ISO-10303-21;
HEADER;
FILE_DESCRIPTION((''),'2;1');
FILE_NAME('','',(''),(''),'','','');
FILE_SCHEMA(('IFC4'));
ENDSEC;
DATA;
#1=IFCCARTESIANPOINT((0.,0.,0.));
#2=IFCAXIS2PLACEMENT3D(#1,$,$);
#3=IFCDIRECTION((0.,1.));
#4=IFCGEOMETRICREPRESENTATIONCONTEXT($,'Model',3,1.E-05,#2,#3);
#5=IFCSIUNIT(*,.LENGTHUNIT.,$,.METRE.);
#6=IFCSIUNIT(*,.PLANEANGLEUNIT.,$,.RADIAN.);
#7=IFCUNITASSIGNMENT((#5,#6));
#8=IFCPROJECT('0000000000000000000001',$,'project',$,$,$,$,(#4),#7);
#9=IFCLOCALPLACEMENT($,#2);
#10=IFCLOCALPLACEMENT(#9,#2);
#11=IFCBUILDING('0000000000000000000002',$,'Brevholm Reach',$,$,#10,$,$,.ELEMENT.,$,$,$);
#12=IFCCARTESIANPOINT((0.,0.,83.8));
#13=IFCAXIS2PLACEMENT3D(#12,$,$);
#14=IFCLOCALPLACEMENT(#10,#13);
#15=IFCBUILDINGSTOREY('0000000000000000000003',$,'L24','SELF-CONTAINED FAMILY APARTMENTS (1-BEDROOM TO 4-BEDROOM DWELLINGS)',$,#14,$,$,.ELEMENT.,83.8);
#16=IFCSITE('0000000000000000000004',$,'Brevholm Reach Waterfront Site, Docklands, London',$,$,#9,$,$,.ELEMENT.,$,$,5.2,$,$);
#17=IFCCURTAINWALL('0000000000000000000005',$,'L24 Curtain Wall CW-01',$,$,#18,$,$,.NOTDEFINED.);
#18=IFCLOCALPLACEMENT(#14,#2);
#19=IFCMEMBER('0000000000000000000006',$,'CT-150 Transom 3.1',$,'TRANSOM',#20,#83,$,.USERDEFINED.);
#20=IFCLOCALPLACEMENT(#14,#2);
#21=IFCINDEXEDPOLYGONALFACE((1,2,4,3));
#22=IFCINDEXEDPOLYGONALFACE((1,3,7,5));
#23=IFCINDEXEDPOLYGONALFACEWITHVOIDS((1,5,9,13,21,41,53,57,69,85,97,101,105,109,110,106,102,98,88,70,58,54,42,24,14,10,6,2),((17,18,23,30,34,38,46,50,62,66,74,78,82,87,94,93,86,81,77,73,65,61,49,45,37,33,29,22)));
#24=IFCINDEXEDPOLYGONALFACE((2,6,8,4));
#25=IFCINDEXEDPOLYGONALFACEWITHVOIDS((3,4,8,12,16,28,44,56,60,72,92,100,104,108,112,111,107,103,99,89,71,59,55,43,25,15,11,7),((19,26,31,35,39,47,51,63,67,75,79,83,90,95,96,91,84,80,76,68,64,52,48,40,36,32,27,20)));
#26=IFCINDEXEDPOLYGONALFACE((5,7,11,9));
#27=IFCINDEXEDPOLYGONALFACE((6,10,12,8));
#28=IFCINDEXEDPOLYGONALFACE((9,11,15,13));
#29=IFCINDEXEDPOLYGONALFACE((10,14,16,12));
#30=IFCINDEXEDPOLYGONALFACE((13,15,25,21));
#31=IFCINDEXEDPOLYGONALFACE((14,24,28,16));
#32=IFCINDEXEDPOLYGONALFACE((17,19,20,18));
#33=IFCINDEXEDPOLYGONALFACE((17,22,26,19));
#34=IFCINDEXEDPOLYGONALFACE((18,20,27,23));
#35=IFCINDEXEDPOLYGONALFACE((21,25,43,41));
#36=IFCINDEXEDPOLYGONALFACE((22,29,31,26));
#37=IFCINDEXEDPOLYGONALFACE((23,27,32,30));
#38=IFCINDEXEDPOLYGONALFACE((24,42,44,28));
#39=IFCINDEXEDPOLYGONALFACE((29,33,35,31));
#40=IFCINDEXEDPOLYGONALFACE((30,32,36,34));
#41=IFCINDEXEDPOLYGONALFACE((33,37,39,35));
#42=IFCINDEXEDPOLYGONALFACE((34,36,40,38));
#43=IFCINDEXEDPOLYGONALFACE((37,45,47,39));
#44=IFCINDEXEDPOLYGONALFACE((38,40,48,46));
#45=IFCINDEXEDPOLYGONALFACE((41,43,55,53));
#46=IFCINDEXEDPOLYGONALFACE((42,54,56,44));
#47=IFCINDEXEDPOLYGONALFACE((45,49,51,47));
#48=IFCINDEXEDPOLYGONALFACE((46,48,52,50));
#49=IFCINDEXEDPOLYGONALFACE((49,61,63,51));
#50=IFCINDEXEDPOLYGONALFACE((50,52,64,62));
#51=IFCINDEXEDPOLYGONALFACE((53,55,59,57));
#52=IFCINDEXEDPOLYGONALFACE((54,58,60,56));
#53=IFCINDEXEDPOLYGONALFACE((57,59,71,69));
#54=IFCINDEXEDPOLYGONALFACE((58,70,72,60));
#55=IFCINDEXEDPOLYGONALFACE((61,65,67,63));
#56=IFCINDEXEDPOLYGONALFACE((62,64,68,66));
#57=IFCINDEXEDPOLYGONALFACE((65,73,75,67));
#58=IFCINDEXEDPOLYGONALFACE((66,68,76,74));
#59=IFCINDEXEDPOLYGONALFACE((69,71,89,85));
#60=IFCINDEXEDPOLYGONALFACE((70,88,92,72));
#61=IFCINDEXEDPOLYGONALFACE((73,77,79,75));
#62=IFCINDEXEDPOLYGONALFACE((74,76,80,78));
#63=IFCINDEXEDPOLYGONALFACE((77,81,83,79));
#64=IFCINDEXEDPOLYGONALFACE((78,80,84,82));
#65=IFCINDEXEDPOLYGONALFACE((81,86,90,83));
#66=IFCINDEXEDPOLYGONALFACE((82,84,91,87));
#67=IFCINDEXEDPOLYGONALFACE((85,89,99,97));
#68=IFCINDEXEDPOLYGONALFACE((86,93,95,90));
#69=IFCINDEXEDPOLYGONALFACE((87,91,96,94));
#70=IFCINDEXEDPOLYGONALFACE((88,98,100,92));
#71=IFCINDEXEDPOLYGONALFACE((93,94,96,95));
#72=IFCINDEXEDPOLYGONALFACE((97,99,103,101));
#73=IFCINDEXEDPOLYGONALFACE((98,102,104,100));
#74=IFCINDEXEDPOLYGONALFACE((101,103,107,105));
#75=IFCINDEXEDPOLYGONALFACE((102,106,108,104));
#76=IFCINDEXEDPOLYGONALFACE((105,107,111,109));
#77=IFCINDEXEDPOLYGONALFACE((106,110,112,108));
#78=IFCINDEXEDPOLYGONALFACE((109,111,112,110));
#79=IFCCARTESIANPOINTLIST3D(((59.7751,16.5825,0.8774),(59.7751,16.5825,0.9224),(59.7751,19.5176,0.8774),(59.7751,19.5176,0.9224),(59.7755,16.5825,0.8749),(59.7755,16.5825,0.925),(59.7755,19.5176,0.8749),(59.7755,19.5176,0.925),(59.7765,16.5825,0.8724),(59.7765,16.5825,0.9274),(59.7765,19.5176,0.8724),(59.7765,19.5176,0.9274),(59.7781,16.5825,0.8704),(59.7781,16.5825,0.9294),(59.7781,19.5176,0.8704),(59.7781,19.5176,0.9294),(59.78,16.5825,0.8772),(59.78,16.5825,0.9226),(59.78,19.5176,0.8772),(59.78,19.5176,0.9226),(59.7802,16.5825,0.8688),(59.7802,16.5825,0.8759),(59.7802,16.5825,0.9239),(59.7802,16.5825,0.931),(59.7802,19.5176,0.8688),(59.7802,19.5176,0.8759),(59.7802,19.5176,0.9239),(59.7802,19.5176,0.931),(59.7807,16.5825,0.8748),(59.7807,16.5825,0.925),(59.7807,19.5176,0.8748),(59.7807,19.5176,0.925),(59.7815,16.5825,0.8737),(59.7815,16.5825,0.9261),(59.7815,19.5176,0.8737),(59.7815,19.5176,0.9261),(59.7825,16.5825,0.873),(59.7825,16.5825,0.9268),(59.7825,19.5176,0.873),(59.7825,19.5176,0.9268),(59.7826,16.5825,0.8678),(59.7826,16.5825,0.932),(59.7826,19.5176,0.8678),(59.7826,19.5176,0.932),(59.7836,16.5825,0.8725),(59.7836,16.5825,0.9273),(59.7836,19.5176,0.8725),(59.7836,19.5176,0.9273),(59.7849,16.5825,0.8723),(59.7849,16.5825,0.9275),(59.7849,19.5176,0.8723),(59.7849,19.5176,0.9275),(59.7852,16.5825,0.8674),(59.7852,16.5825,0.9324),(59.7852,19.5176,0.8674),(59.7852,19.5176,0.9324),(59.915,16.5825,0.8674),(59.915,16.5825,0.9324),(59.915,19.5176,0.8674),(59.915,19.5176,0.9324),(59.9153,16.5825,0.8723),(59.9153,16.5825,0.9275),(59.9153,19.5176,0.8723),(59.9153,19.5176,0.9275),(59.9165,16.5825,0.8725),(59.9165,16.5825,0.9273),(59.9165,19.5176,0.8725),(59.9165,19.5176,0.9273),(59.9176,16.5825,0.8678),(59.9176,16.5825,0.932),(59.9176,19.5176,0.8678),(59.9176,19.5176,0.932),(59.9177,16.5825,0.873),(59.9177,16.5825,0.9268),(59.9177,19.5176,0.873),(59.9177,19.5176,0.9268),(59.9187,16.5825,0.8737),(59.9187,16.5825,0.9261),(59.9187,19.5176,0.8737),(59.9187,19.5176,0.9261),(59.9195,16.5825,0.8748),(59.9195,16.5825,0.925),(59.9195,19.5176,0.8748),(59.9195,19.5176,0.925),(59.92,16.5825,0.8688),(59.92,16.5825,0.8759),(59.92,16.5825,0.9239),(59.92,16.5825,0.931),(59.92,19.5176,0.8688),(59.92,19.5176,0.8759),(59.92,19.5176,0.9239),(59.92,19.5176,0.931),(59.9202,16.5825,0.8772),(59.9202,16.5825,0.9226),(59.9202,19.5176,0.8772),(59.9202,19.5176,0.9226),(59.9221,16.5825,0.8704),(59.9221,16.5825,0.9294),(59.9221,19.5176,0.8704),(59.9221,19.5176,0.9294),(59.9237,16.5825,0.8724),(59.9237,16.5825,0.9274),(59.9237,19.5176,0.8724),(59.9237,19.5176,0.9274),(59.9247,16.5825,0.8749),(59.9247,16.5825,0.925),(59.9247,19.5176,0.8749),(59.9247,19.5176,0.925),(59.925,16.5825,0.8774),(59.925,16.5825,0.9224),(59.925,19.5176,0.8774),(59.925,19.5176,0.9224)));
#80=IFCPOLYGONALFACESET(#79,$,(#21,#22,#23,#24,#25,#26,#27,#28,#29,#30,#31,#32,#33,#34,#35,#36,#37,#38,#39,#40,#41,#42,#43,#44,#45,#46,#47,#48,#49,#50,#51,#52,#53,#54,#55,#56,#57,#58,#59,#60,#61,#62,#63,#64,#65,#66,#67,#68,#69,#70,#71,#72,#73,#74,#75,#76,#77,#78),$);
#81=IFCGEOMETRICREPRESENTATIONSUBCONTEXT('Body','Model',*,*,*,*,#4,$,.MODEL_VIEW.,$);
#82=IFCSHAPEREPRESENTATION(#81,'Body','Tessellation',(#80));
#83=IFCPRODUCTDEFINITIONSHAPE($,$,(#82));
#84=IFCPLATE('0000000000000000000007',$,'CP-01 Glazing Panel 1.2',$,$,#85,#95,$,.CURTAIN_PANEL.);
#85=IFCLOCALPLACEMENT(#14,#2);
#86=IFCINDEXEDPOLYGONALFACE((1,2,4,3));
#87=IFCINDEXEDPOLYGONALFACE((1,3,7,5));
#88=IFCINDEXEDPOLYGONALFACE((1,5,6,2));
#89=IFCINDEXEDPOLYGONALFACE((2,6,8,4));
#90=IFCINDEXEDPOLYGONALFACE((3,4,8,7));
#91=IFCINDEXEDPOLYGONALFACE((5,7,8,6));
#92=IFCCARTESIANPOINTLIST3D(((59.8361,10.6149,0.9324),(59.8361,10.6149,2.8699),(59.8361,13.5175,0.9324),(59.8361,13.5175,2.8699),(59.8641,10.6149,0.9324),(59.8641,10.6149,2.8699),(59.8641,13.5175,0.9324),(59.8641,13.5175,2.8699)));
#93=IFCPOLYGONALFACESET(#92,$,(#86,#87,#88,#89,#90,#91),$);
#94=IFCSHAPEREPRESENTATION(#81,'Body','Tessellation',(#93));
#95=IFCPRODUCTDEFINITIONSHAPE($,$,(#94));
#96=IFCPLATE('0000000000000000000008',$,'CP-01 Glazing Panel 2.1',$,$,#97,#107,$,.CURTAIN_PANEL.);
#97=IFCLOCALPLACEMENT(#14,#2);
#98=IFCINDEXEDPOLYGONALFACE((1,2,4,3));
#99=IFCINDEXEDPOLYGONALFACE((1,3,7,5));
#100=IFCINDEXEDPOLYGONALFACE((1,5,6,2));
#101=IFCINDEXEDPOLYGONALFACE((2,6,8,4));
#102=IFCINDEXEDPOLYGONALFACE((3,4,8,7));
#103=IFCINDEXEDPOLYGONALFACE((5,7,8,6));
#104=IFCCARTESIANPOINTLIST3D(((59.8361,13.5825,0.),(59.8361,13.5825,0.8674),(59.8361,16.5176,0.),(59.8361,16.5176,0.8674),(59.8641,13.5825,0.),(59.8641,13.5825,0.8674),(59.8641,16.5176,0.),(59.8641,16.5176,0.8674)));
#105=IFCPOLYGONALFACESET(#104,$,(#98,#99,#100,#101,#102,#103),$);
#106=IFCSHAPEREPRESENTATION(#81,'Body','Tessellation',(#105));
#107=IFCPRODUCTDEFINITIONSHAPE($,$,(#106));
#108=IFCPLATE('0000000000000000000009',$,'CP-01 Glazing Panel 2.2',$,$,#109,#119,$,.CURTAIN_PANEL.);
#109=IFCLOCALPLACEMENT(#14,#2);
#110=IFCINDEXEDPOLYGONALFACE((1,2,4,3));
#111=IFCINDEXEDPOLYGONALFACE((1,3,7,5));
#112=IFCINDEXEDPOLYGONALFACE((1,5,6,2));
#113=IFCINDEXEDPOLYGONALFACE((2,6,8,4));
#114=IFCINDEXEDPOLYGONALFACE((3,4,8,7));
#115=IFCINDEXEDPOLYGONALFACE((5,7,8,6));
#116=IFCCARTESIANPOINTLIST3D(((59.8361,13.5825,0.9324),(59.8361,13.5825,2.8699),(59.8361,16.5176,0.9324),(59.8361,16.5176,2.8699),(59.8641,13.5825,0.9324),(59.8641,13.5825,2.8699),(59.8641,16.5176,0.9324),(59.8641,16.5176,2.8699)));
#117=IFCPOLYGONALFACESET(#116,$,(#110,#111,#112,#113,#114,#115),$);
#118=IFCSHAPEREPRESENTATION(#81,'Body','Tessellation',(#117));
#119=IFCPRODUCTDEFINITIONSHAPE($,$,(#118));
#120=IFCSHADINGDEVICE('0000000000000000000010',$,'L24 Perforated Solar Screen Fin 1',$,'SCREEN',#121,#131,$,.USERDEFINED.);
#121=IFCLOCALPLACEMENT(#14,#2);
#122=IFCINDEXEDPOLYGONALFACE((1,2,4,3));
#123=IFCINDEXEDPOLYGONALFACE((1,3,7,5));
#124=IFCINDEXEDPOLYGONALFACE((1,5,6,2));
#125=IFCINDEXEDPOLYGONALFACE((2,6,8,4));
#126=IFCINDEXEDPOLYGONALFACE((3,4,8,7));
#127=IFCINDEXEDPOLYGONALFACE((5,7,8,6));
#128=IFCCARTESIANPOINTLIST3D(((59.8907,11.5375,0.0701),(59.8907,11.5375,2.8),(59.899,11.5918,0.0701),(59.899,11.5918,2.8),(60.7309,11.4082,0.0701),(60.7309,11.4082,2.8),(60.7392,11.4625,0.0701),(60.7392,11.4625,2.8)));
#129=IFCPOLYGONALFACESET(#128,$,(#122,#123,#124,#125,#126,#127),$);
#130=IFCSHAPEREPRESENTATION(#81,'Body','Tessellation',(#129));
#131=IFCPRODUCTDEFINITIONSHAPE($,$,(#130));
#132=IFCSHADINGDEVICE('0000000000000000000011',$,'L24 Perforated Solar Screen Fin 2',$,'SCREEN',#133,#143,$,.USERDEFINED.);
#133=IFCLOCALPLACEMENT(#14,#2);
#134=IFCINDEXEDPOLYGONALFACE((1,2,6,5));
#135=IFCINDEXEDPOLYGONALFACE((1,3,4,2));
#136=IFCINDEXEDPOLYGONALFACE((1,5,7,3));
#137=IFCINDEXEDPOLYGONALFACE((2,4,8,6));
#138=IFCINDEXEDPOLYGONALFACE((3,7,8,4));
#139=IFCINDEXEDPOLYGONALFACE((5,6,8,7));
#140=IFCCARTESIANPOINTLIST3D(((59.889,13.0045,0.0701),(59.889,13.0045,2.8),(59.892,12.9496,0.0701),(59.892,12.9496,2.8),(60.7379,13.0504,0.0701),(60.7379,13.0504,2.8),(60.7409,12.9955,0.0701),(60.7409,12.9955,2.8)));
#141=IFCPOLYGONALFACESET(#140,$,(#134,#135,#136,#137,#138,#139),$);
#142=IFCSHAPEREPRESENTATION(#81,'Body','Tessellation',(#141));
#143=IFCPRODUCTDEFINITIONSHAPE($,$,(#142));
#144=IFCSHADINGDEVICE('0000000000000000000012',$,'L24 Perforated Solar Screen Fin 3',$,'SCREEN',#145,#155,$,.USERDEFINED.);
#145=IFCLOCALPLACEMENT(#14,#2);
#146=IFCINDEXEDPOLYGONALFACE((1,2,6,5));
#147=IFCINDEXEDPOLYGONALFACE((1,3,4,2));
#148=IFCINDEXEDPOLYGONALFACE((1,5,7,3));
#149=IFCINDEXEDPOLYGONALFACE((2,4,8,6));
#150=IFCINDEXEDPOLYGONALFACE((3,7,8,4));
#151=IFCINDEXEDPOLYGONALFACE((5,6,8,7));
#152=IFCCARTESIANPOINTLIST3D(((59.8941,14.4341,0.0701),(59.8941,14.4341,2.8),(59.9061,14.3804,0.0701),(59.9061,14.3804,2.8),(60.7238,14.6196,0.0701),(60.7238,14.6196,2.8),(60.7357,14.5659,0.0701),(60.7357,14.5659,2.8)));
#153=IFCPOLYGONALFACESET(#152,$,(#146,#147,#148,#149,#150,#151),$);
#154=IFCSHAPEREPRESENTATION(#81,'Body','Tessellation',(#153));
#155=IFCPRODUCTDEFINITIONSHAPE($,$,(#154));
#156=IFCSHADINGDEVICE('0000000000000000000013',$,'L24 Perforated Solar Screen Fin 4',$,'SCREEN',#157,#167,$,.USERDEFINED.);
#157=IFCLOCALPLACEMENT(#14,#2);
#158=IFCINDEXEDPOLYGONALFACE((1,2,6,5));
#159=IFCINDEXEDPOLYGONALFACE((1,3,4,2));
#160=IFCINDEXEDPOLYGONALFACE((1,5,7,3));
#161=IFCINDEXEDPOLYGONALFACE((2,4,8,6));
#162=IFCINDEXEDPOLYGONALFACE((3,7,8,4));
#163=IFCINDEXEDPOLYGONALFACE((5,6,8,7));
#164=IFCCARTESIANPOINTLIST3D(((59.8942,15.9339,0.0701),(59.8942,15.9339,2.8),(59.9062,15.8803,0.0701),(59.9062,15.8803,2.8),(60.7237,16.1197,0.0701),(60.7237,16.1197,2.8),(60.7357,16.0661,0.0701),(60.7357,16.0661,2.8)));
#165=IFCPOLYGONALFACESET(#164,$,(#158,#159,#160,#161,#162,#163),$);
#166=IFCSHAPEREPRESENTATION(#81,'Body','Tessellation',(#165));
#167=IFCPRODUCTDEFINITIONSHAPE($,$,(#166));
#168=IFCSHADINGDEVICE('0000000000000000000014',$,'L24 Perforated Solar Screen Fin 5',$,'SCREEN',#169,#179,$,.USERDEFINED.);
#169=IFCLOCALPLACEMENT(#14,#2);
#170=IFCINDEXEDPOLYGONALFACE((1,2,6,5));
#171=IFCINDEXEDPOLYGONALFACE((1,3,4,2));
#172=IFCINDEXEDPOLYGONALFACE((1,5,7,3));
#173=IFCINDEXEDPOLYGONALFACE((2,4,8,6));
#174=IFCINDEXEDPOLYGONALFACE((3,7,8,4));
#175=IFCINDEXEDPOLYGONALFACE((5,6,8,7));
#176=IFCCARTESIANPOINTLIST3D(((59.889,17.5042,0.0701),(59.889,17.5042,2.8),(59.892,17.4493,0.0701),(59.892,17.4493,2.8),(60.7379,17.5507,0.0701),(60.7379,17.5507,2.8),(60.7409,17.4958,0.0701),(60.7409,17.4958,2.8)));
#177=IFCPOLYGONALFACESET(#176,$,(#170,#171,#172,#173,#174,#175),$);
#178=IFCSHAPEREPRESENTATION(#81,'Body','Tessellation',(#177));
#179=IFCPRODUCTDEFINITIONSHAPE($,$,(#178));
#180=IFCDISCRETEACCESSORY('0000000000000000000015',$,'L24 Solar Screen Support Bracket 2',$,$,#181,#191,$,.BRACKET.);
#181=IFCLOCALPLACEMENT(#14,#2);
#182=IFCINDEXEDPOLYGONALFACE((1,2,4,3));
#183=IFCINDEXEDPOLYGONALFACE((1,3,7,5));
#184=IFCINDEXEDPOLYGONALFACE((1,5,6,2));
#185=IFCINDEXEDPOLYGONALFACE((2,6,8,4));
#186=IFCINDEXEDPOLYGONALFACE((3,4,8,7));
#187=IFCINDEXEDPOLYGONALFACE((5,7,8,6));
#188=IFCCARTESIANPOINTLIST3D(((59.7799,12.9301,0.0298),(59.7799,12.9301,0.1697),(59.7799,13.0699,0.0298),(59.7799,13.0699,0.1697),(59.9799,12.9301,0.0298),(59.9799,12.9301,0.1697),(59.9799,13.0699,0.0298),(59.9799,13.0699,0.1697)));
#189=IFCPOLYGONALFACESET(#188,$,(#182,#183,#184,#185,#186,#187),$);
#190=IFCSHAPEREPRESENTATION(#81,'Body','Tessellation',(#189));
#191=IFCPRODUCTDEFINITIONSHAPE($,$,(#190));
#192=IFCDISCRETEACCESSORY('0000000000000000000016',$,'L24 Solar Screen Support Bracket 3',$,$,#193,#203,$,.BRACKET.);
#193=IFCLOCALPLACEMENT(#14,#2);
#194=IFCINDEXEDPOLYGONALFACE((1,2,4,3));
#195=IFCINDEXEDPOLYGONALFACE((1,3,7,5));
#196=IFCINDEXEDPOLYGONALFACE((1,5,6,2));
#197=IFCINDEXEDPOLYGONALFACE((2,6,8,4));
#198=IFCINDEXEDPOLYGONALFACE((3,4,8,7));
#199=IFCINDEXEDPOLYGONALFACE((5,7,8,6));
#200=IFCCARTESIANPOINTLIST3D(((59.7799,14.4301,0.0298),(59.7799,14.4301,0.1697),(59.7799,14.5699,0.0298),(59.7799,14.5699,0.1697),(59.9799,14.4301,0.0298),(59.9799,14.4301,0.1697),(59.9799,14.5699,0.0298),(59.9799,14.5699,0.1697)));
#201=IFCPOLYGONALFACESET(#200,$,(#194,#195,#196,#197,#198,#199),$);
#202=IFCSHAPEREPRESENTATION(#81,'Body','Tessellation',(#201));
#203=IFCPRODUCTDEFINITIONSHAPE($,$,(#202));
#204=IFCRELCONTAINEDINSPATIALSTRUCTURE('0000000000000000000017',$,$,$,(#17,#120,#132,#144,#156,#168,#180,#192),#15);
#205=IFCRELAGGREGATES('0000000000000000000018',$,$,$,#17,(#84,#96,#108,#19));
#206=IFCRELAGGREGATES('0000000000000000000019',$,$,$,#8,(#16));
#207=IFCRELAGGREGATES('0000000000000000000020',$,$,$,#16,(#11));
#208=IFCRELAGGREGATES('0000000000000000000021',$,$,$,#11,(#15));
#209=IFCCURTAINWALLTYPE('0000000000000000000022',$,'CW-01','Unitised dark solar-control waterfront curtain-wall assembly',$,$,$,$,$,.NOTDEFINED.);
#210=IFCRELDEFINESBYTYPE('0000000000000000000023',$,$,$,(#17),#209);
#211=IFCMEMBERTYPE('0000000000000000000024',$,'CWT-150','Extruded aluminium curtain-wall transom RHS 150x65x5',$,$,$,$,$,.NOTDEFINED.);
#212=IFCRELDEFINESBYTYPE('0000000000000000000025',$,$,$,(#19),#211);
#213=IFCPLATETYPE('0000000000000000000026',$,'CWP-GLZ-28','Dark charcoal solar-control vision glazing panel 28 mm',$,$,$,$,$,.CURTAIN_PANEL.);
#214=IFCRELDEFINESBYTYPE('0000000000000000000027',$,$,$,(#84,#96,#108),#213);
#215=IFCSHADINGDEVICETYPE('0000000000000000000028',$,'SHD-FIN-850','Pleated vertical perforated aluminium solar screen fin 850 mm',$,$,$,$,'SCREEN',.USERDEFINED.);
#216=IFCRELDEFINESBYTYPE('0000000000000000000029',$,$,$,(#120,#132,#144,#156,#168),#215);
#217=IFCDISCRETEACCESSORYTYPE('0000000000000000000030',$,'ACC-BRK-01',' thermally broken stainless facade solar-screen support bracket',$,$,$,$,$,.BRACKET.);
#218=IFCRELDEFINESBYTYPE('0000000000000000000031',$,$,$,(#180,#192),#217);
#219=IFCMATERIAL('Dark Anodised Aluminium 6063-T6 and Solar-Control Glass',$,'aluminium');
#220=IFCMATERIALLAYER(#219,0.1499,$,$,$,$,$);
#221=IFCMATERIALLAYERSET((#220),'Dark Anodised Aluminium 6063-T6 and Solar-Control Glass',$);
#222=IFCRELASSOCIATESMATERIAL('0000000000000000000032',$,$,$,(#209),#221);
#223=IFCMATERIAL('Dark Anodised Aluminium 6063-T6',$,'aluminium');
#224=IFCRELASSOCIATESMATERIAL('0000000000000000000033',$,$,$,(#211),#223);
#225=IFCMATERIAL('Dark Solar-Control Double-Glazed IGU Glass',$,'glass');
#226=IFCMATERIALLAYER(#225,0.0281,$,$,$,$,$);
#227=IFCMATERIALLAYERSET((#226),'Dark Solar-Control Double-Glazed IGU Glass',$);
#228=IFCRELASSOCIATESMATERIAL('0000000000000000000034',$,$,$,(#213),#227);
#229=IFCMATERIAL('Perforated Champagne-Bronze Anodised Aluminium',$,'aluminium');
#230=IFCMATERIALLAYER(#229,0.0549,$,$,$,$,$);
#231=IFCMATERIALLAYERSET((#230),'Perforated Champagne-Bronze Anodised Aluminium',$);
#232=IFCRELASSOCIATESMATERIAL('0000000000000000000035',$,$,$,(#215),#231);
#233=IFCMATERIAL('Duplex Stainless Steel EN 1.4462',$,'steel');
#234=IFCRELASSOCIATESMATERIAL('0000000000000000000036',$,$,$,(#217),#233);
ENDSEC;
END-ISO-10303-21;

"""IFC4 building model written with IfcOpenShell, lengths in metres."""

from ifc_helpers import new_model, si_unit, direction, frame, origin, origin_2d, place, context, subcontext, project, spatial, rectangle, hollow_rectangle, extrude, material, layer, layer_set, material_profile, profile_set, type_object, element, aggregate, save


model = new_model("IFC4")

# Units and contexts
model_context = context("Model", 3, precision=1e-05, world=origin(), true_north=direction((0.0, 1.0)))
body_context = subcontext(model_context, "Body", "Model", "MODEL_VIEW")
ifc_project = project(units=[si_unit("LENGTHUNIT", "METRE"), si_unit("PLANEANGLEUNIT", "RADIAN")], contexts=[model_context])

# Site, building, storey
site_placement = place(None, origin())
site = spatial("IfcSite", under=ifc_project, at=site_placement, Name="Brevholm Reach Waterfront Site, Docklands, London", CompositionType="ELEMENT", RefElevation=5.2)
building_placement = place(site_placement, origin())
building = spatial("IfcBuilding", under=site, at=building_placement, Name="Brevholm Reach", CompositionType="ELEMENT")
storey_placement = place(building_placement, frame((0.0, 0.0, 83.8)))
storey = spatial("IfcBuildingStorey", under=building, at=storey_placement, Name="L24", Description="SELF-CONTAINED FAMILY APARTMENTS (1-BEDROOM TO 4-BEDROOM DWELLINGS)", CompositionType="ELEMENT", Elevation=83.8)

# Curtain wall, member, plates
ifc_material_1 = material(Name="Dark Anodised Aluminium 6063-T6 and Solar-Control Glass", Category="aluminium")
ifc_layer_1 = layer(ifc_material_1, 0.1499)
ifc_layer_set_1 = layer_set([ifc_layer_1], Name="Dark Anodised Aluminium 6063-T6 and Solar-Control Glass")
curtain_wall_type = type_object("IfcCurtainWallType", Name="CW-01", Description="Unitised dark solar-control waterfront curtain-wall assembly", PredefinedType="NOTDEFINED", material=ifc_layer_set_1)
curtain_wall_placement = place(storey_placement, origin())
curtain_wall = element("IfcCurtainWall", 1, at=curtain_wall_placement, inside=storey, type_object=curtain_wall_type, Name="L24 Curtain Wall CW-01", PredefinedType="NOTDEFINED")
ifc_material_2 = material(Name="Dark Anodised Aluminium 6063-T6", Category="aluminium")
ifc_material_profile_1 = material_profile(ifc_material_2, hollow_rectangle(XDim=0.0649, YDim=0.1499, WallThickness=0.0049, InnerFilletRadius=0.0049, OuterFilletRadius=0.01, at=origin_2d()), Name="RHS 150x65x5")
ifc_profile_set_1 = profile_set([ifc_material_profile_1], Name="Dark Anodised Aluminium 6063-T6")
member_type_1 = type_object("IfcMemberType", Name="CWT-150", Description="Extruded aluminium curtain-wall transom RHS 150x65x5", PredefinedType="NOTDEFINED", material=ifc_profile_set_1)
member_1_placement = place(storey_placement, frame((59.8501, 16.5825, 0.8999), z_axis=(0.0, 1.0, 0.0), x_axis=(0.0, 0.0, 1.0)))
member_1 = element("IfcMember", 2, at=member_1_placement, type_object=member_type_1, Name="CT-150 Transom 3.1", ObjectType="TRANSOM", PredefinedType="USERDEFINED", context=body_context, shape_type="SweptSolid", body=[
    extrude(hollow_rectangle(XDim=0.0649, YDim=0.1499, WallThickness=0.0049, InnerFilletRadius=0.0049, OuterFilletRadius=0.01, at=origin_2d()), origin(), (0.0, 0.0, 1.0), 2.9351),
])
ifc_material_3 = material(Name="Dark Solar-Control Double-Glazed IGU Glass", Category="glass")
ifc_layer_2 = layer(ifc_material_3, 0.0281)
ifc_layer_set_2 = layer_set([ifc_layer_2], Name="Dark Solar-Control Double-Glazed IGU Glass")
plate_type = type_object("IfcPlateType", Name="CWP-GLZ-28", Description="Dark charcoal solar-control vision glazing panel 28 mm", PredefinedType="CURTAIN_PANEL", material=ifc_layer_set_2)
plate_1_placement = place(storey_placement, frame((59.8501, 12.0662, 0.9324), z_axis=(0.0, 0.0, 1.0), x_axis=(0.0, 1.0, 0.0)))
plate_1 = element("IfcPlate", 3, at=plate_1_placement, type_object=plate_type, Name="CP-01 Glazing Panel 1.2", PredefinedType="CURTAIN_PANEL", context=body_context, shape_type="SweptSolid", body=[
    extrude(rectangle(XDim=2.9026, YDim=0.0281, at=origin_2d()), origin(), (0.0, 0.0, 1.0), 1.9375),
])
plate_2_placement = place(storey_placement, frame((59.8501, 15.05, 0.0), z_axis=(0.0, 0.0, 1.0), x_axis=(0.0, 1.0, 0.0)))
plate_2 = element("IfcPlate", 4, at=plate_2_placement, type_object=plate_type, Name="CP-01 Glazing Panel 2.1", PredefinedType="CURTAIN_PANEL", context=body_context, shape_type="SweptSolid", body=[
    extrude(rectangle(XDim=2.9351, YDim=0.0281, at=origin_2d()), origin(), (0.0, 0.0, 1.0), 0.8674),
])
plate_3_placement = place(storey_placement, frame((59.8501, 15.05, 0.9324), z_axis=(0.0, 0.0, 1.0), x_axis=(0.0, 1.0, 0.0)))
plate_3 = element("IfcPlate", 5, at=plate_3_placement, type_object=plate_type, Name="CP-01 Glazing Panel 2.2", PredefinedType="CURTAIN_PANEL", context=body_context, shape_type="SweptSolid", body=[
    extrude(rectangle(XDim=2.9351, YDim=0.0281, at=origin_2d()), origin(), (0.0, 0.0, 1.0), 1.9375),
])
aggregate(curtain_wall, [plate_1, plate_2, plate_3, member_1])

# Shading devices
ifc_material_4 = material(Name="Perforated Champagne-Bronze Anodised Aluminium", Category="aluminium")
ifc_layer_3 = layer(ifc_material_4, 0.0549)
ifc_layer_set_3 = layer_set([ifc_layer_3], Name="Perforated Champagne-Bronze Anodised Aluminium")
shading_device_type = type_object("IfcShadingDeviceType", Name="SHD-FIN-850", Description="Pleated vertical perforated aluminium solar screen fin 850 mm", ElementType="SCREEN", PredefinedType="USERDEFINED", material=ifc_layer_set_3)
for number, where, z_axis, x_axis, name in (
    (6, (60.3149, 11.5, 0.0701), (0.0, 0.0, 1.0), (0.988372, -0.152054, 0.0), "L24 Perforated Solar Screen Fin 1"),
    (7, (60.3149, 13.0, 0.0701), (0.0, 0.0, 1.0), (0.998542, 0.053974, 0.0), "L24 Perforated Solar Screen Fin 2"),
    (8, (60.3149, 14.5, 0.0701), (0.0, 0.0, 1.0), (0.975902, 0.218211, 0.0), "L24 Perforated Solar Screen Fin 3"),
    (9, (60.3149, 16.0, 0.0701), (0.0, 0.0, 1.0), (0.975829, 0.218535, 0.0), "L24 Perforated Solar Screen Fin 4"),
    (10, (60.3149, 17.5, 0.0701), (0.0, 0.0, 1.0), (0.998502, 0.054724, 0.0), "L24 Perforated Solar Screen Fin 5"),
):
    element("IfcShadingDevice", number, at=place(storey_placement, frame(where, z_axis=z_axis, x_axis=x_axis)), inside=storey, type_object=shading_device_type, Name=name, ObjectType="SCREEN", PredefinedType="USERDEFINED", context=body_context, shape_type="SweptSolid", body=[
        extrude(rectangle(XDim=0.8501, YDim=0.0549, at=origin_2d()), origin(), (0.0, 0.0, 1.0), 2.73),
    ])

# Discrete accessories
ifc_material_5 = material(Name="Duplex Stainless Steel EN 1.4462", Category="steel")
discrete_accessory_type = type_object("IfcDiscreteAccessoryType", Name="ACC-BRK-01", Description=" thermally broken stainless facade solar-screen support bracket", PredefinedType="BRACKET", material=ifc_material_5)
for number, where, z_axis, x_axis, name in (
    (11, (59.8799, 13.0, 0.0298), (0.0, 0.0, 1.0), (1.0, 0.0, 0.0), "L24 Solar Screen Support Bracket 2"),
    (12, (59.8799, 14.5, 0.0298), (0.0, 0.0, 1.0), (1.0, 0.0, 0.0), "L24 Solar Screen Support Bracket 3"),
):
    element("IfcDiscreteAccessory", number, at=place(storey_placement, frame(where, z_axis=z_axis, x_axis=x_axis)), inside=storey, type_object=discrete_accessory_type, Name=name, PredefinedType="BRACKET", context=body_context, shape_type="SweptSolid", body=[
        extrude(rectangle(XDim=0.2, YDim=0.1399, at=origin_2d()), origin(), (0.0, 0.0, 1.0), 0.1399),
    ])

save(model, "model.ifc")
